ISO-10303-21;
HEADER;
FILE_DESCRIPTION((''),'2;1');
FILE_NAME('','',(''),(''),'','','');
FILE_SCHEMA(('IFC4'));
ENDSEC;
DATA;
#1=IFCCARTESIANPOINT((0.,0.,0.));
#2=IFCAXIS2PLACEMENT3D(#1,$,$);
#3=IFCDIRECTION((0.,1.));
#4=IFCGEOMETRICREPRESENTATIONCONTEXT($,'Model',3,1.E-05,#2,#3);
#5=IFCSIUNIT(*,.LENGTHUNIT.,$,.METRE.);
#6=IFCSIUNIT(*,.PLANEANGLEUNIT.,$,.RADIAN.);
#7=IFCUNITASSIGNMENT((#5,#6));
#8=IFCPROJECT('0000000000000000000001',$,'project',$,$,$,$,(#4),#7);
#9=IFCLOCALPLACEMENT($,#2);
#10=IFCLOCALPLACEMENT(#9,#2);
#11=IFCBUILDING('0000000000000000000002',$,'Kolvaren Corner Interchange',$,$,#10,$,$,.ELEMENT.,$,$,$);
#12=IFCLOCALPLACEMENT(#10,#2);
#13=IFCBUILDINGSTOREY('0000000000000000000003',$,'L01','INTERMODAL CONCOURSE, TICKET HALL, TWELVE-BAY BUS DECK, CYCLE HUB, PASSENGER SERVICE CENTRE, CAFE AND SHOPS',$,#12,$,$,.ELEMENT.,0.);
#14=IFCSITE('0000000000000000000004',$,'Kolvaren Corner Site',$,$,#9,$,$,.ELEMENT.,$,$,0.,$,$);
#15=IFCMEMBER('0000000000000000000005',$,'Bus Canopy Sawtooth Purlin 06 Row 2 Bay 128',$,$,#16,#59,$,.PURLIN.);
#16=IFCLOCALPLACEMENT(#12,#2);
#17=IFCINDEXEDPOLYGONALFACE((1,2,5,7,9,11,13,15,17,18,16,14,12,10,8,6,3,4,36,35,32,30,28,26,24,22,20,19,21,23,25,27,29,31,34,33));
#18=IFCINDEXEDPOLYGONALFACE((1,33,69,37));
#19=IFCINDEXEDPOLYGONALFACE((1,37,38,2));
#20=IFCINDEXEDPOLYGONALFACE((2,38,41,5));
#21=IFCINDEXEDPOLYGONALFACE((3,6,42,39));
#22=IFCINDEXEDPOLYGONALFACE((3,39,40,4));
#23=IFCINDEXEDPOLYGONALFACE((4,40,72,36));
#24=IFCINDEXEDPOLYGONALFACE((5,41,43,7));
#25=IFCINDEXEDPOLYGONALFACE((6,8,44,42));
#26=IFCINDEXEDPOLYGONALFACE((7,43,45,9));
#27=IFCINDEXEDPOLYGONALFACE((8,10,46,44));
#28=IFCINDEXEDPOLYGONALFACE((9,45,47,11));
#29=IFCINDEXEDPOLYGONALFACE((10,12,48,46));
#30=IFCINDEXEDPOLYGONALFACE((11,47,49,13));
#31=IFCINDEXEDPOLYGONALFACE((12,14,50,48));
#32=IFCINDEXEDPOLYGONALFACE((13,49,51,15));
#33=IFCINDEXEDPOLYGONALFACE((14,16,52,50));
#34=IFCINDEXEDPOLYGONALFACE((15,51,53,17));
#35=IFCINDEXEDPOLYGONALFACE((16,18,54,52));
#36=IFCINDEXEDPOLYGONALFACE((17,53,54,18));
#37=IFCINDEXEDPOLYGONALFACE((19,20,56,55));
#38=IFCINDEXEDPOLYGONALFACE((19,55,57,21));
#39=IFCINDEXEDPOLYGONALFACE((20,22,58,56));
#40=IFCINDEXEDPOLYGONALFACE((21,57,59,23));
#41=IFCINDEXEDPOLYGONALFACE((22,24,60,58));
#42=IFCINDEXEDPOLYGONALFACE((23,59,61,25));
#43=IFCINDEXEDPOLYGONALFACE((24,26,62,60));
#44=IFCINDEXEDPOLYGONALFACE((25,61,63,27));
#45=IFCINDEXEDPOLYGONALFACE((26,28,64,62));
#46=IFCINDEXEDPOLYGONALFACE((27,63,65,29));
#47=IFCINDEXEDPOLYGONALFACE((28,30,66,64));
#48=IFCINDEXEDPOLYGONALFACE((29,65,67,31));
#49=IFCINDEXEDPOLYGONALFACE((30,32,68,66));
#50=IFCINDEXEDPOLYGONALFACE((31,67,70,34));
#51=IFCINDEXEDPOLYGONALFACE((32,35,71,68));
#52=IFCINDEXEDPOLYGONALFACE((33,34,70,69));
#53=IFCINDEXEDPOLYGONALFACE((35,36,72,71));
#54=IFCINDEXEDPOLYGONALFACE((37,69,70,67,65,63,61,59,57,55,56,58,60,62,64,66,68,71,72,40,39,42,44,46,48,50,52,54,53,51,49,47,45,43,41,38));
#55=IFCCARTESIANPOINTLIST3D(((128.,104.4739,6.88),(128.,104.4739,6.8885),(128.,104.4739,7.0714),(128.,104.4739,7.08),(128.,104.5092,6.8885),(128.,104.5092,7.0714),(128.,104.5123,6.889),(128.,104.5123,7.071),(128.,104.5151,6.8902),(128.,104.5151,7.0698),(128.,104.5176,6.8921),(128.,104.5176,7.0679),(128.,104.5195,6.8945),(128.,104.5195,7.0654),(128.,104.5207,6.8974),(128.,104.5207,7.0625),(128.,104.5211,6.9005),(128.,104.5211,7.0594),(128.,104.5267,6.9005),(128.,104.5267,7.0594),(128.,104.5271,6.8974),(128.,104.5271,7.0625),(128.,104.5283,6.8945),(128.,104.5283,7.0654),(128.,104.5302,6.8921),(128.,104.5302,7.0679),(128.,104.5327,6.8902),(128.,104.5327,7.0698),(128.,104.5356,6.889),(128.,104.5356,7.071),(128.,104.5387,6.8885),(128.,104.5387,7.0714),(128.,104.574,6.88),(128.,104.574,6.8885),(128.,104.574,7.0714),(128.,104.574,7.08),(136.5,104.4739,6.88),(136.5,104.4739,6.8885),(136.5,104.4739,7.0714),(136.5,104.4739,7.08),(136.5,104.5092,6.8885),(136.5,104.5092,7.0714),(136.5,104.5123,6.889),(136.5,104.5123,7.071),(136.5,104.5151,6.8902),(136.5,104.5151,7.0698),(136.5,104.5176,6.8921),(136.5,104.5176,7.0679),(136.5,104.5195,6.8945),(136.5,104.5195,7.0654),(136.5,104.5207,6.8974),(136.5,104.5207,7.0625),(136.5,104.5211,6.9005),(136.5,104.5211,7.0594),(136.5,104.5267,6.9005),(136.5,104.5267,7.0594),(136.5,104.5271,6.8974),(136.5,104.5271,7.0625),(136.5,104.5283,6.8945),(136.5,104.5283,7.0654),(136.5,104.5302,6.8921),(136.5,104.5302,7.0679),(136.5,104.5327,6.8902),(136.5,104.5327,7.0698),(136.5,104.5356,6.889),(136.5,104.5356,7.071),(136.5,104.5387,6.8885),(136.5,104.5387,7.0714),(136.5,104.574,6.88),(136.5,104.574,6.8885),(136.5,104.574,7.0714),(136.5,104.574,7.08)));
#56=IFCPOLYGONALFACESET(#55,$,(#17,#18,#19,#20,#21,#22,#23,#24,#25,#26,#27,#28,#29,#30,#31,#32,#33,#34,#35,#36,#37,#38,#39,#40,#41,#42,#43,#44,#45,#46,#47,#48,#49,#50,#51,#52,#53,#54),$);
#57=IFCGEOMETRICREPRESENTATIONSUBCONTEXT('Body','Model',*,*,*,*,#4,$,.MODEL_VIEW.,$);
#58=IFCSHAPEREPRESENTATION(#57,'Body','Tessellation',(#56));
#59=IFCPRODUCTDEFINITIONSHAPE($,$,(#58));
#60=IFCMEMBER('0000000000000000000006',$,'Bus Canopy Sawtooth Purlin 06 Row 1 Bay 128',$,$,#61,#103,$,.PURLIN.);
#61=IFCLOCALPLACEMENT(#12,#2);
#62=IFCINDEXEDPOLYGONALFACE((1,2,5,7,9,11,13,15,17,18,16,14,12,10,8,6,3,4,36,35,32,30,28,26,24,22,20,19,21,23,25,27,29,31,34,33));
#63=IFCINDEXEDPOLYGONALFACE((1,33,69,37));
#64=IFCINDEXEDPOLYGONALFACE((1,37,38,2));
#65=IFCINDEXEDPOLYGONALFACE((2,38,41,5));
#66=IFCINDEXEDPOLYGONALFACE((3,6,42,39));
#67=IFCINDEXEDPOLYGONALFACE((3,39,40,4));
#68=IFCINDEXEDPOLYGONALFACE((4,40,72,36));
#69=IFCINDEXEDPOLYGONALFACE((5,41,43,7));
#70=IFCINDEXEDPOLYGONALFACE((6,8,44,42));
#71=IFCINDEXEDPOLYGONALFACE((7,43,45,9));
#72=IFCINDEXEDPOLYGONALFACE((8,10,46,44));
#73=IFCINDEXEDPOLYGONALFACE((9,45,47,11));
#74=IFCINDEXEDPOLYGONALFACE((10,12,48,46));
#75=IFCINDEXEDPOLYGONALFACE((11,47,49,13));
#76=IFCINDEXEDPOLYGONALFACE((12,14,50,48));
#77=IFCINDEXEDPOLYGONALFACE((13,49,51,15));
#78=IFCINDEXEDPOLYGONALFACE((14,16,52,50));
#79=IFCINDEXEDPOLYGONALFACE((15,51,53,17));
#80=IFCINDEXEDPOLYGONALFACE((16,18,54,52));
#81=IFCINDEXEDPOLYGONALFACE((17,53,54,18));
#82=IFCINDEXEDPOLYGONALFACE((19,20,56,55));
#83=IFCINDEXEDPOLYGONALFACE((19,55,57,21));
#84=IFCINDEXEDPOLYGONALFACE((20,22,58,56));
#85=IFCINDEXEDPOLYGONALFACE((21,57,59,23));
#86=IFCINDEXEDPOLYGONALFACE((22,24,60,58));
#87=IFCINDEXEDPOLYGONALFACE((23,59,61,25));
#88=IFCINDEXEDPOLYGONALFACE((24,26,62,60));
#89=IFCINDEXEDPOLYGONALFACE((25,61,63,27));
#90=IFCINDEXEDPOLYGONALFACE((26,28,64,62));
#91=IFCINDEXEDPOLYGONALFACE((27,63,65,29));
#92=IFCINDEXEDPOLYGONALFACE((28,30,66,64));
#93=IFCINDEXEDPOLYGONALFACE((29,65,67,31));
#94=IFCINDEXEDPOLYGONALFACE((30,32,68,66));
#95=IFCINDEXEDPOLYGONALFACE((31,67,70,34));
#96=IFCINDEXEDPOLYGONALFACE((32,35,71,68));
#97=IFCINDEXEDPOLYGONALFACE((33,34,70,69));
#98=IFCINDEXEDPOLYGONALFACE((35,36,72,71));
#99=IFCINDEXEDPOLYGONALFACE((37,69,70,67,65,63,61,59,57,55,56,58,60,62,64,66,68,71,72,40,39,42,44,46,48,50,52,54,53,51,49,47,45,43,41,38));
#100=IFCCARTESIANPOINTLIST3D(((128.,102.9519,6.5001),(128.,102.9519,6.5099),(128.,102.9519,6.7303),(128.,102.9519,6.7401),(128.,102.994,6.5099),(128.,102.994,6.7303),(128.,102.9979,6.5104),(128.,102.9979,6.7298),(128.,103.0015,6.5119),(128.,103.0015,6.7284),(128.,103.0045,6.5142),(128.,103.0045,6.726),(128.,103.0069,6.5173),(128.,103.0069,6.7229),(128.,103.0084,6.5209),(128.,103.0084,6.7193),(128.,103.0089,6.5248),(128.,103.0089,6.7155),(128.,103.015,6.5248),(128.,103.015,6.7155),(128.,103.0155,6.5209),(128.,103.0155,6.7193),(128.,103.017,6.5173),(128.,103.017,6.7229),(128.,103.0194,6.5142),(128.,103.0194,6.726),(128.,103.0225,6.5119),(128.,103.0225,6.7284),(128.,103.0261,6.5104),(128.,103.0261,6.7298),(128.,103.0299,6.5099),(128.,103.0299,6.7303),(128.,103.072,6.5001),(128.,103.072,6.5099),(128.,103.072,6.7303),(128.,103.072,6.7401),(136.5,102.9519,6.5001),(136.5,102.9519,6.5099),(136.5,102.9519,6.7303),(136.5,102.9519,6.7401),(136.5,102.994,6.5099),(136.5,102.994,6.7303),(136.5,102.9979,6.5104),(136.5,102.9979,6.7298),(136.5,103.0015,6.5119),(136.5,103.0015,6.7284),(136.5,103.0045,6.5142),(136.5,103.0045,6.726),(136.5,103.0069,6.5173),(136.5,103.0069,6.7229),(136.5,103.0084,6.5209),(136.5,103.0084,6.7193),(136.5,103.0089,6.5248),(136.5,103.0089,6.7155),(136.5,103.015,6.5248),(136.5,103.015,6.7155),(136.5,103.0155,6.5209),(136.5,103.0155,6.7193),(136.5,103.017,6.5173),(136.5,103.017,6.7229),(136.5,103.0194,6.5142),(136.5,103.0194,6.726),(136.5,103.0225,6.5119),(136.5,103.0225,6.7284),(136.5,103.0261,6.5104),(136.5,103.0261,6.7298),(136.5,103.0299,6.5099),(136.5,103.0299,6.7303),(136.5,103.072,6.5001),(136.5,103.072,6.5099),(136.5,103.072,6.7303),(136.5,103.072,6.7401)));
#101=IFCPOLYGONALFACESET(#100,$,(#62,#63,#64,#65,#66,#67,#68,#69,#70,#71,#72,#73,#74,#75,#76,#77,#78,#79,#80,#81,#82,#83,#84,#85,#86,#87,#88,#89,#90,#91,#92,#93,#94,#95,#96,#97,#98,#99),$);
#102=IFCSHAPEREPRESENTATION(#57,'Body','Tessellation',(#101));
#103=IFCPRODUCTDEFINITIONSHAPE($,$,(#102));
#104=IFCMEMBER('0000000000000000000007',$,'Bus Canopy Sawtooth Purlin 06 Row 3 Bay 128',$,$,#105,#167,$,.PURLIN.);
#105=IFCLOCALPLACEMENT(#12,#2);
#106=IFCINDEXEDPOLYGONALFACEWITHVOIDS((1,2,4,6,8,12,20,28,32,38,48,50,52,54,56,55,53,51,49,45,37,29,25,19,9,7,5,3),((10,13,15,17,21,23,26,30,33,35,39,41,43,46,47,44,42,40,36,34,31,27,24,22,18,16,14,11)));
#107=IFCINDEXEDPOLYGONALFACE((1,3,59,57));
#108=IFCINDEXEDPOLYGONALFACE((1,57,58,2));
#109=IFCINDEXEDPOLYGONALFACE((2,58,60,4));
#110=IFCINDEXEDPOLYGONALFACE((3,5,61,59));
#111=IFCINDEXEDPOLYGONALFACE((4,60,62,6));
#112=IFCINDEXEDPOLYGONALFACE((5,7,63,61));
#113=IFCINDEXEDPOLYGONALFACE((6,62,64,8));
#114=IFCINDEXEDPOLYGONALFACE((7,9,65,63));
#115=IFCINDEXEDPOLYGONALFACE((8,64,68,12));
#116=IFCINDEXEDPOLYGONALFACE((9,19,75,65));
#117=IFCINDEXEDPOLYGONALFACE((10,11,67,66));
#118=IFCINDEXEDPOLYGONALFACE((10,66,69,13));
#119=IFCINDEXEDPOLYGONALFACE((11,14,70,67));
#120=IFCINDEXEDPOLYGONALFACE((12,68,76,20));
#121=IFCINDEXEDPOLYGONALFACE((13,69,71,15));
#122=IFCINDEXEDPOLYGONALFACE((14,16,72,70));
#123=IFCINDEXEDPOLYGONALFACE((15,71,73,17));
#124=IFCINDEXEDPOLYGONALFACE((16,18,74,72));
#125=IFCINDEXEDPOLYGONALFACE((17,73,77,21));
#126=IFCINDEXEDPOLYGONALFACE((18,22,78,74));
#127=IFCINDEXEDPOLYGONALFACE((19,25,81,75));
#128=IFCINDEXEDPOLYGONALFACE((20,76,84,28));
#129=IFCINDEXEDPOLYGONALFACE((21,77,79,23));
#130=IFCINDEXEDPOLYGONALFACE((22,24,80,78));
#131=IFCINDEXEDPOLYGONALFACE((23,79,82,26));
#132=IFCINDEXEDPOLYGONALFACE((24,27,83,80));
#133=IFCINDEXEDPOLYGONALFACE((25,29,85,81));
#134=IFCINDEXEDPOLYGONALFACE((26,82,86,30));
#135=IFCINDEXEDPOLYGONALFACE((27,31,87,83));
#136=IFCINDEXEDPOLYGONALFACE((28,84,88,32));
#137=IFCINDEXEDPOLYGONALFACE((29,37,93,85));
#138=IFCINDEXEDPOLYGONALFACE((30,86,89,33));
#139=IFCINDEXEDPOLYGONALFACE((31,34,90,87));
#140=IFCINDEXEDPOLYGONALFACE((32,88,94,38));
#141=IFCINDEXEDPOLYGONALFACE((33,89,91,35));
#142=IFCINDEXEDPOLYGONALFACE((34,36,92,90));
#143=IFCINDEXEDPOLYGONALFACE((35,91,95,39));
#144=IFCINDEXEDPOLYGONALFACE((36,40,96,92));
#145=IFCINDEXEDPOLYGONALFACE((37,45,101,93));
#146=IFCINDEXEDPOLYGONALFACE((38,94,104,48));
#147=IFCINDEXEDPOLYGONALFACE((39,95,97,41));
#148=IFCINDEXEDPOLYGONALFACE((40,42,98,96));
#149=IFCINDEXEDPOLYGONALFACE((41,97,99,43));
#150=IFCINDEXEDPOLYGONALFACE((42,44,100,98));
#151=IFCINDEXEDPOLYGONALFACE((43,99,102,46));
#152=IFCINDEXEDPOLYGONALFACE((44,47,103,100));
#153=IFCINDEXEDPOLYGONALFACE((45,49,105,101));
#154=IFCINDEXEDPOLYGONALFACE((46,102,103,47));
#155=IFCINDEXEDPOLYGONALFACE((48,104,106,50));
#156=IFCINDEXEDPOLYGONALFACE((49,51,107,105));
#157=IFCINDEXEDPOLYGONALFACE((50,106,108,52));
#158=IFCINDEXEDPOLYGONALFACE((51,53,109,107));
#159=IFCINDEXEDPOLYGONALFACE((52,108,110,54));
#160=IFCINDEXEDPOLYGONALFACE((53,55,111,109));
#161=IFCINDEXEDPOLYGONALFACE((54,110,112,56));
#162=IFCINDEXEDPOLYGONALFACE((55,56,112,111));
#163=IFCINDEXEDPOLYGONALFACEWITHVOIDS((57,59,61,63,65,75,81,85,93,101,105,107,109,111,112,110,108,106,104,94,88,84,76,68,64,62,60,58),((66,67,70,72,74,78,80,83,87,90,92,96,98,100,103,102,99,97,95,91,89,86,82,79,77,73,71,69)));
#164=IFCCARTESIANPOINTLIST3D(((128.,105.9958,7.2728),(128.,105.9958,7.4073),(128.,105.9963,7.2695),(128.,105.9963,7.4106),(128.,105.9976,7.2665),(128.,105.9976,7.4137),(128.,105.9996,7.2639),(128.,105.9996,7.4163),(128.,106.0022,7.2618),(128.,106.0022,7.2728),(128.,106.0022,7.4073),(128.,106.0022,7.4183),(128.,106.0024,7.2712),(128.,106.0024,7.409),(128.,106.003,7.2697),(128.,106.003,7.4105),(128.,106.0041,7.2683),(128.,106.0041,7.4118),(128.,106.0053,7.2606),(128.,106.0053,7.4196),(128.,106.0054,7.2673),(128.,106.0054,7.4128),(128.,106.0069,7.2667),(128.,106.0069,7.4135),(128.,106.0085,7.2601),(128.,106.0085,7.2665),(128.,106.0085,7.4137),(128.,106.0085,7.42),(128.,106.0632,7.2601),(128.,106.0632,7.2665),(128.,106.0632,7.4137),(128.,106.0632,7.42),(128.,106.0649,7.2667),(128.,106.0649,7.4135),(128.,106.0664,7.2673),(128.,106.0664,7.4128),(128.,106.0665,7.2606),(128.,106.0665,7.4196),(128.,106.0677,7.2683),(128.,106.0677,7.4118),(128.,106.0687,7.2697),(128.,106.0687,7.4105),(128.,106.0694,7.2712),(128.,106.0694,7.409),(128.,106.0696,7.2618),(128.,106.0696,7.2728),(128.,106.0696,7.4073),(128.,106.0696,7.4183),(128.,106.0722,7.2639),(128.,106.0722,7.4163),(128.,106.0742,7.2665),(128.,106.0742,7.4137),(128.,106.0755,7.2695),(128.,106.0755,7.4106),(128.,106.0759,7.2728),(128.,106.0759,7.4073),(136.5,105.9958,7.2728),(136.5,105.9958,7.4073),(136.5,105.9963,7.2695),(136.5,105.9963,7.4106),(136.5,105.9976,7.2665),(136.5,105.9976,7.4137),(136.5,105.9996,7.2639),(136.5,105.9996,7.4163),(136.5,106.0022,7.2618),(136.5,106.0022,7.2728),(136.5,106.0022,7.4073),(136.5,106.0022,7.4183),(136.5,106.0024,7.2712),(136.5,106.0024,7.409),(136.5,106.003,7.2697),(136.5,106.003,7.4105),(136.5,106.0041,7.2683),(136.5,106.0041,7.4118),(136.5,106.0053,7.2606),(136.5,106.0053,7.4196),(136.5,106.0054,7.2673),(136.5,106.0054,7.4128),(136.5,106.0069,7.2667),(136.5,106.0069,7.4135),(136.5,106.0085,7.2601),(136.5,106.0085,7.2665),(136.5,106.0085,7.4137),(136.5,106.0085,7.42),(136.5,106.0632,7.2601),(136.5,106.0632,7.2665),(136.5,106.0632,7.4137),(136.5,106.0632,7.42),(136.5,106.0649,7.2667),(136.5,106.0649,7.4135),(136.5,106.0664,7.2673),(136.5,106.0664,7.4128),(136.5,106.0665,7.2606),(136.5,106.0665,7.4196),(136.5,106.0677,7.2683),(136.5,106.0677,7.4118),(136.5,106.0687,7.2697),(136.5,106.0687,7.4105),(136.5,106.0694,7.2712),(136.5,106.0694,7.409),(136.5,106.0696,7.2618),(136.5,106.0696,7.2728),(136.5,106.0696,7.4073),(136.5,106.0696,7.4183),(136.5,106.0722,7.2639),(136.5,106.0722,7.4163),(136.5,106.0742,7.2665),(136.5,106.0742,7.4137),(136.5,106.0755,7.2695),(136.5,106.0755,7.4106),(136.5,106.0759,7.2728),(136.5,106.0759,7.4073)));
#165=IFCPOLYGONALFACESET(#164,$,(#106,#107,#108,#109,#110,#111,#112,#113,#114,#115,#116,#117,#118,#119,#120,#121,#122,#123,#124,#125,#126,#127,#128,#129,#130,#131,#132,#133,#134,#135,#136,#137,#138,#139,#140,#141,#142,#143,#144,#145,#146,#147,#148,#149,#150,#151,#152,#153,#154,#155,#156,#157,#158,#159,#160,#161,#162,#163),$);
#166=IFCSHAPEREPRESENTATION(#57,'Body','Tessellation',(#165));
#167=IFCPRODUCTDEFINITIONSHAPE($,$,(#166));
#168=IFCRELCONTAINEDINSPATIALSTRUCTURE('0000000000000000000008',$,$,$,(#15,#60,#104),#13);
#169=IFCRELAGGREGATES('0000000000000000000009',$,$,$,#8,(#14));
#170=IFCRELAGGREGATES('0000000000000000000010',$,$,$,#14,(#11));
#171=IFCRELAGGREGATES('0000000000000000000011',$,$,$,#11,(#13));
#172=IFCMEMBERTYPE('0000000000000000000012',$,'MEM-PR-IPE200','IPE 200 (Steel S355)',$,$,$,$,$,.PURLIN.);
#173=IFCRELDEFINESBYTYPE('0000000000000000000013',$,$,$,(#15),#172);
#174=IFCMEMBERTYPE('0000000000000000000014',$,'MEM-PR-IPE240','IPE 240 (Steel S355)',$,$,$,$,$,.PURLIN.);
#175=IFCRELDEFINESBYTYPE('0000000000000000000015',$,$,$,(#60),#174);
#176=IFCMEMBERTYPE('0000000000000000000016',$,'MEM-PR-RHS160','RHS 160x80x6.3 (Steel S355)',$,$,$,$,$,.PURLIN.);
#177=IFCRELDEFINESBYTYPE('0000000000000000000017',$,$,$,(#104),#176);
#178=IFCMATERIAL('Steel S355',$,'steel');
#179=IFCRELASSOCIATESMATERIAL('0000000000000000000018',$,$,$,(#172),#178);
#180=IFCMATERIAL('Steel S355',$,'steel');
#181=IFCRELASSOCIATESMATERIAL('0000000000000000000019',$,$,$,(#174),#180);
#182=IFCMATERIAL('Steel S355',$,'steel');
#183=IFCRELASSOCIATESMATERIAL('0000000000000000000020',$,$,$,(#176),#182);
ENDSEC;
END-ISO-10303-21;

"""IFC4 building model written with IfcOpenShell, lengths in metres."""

from ifc_helpers import new_model, si_unit, direction, frame, origin, origin_2d, place, context, subcontext, project, spatial, hollow_rectangle, i_section, extrude, material, material_profile, profile_set, type_object, element, save


model = new_model("IFC4")

# Units and contexts
model_context = context("Model", 3, precision=1e-05, world=origin(), true_north=direction((0.0, 1.0)))
body_context = subcontext(model_context, "Body", "Model", "MODEL_VIEW")
ifc_project = project(units=[si_unit("LENGTHUNIT", "METRE"), si_unit("PLANEANGLEUNIT", "RADIAN")], contexts=[model_context])

# Site, building, storey
site_placement = place(None, origin())
site = spatial("IfcSite", under=ifc_project, at=site_placement, Name="Kolvaren Corner Site", CompositionType="ELEMENT", RefElevation=0.0)
building_placement = place(site_placement, origin())
building = spatial("IfcBuilding", under=site, at=building_placement, Name="Kolvaren Corner Interchange", CompositionType="ELEMENT")
storey_placement = place(building_placement, origin())
storey = spatial("IfcBuildingStorey", under=building, at=storey_placement, Name="L01", Description="INTERMODAL CONCOURSE, TICKET HALL, TWELVE-BAY BUS DECK, CYCLE HUB, PASSENGER SERVICE CENTRE, CAFE AND SHOPS", CompositionType="ELEMENT", Elevation=0.0)

# Members
ifc_material_1 = material(Name="Steel S355", Category="steel")
ifc_material_profile_1 = material_profile(ifc_material_1, i_section(OverallWidth=0.1001, OverallDepth=0.2, WebThickness=0.0056, FlangeThickness=0.0085, FilletRadius=0.012, at=origin_2d()), Name="IPE 200")
ifc_profile_set_1 = profile_set([ifc_material_profile_1], Name="Steel S355")
member_type_1 = type_object("IfcMemberType", Name="MEM-PR-IPE200", Description="IPE 200 (Steel S355)", PredefinedType="PURLIN", material=ifc_profile_set_1)
member_1_placement = place(storey_placement, frame((128.0, 104.5239, 6.98), z_axis=(1.0, 0.0, 0.0), x_axis=(0.0, 1.0, 0.0)))
element("IfcMember", 1, at=member_1_placement, inside=storey, type_object=member_type_1, Name="Bus Canopy Sawtooth Purlin 06 Row 2 Bay 128", PredefinedType="PURLIN", context=body_context, shape_type="SweptSolid", body=[
    extrude(i_section(OverallWidth=0.1001, OverallDepth=0.2, WebThickness=0.0056, FlangeThickness=0.0085, FilletRadius=0.012, at=origin_2d()), origin(), (0.0, 0.0, 1.0), 8.5),
])
ifc_material_2 = material(Name="Steel S355", Category="steel")
ifc_material_profile_2 = material_profile(ifc_material_2, i_section(OverallWidth=0.1201, OverallDepth=0.24, WebThickness=0.0061, FlangeThickness=0.0098, FilletRadius=0.0149, at=origin_2d()), Name="IPE 240")
ifc_profile_set_2 = profile_set([ifc_material_profile_2], Name="Steel S355")
member_type_2 = type_object("IfcMemberType", Name="MEM-PR-IPE240", Description="IPE 240 (Steel S355)", PredefinedType="PURLIN", material=ifc_profile_set_2)
member_2_placement = place(storey_placement, frame((128.0, 103.012, 6.6201), z_axis=(1.0, 0.0, 0.0), x_axis=(0.0, 1.0, 0.0)))
element("IfcMember", 2, at=member_2_placement, inside=storey, type_object=member_type_2, Name="Bus Canopy Sawtooth Purlin 06 Row 1 Bay 128", PredefinedType="PURLIN", context=body_context, shape_type="SweptSolid", body=[
    extrude(i_section(OverallWidth=0.1201, OverallDepth=0.24, WebThickness=0.0061, FlangeThickness=0.0098, FilletRadius=0.0149, at=origin_2d()), origin(), (0.0, 0.0, 1.0), 8.5),
])
ifc_material_3 = material(Name="Steel S355", Category="steel")
ifc_material_profile_3 = material_profile(ifc_material_3, hollow_rectangle(XDim=0.0801, YDim=0.1599, WallThickness=0.0063, InnerFilletRadius=0.0063, OuterFilletRadius=0.0127, at=origin_2d()), Name="RHS 160x80x6.3")
ifc_profile_set_3 = profile_set([ifc_material_profile_3], Name="Steel S355")
member_type_3 = type_object("IfcMemberType", Name="MEM-PR-RHS160", Description="RHS 160x80x6.3 (Steel S355)", PredefinedType="PURLIN", material=ifc_profile_set_3)
member_3_placement = place(storey_placement, frame((128.0, 106.0359, 7.3401), z_axis=(1.0, 0.0, 0.0), x_axis=(0.0, 1.0, 0.0)))
element("IfcMember", 3, at=member_3_placement, inside=storey, type_object=member_type_3, Name="Bus Canopy Sawtooth Purlin 06 Row 3 Bay 128", PredefinedType="PURLIN", context=body_context, shape_type="SweptSolid", body=[
    extrude(hollow_rectangle(XDim=0.0801, YDim=0.1599, WallThickness=0.0063, InnerFilletRadius=0.0063, OuterFilletRadius=0.0127, at=origin_2d()), origin(), (0.0, 0.0, 1.0), 8.5),
])

save(model, "model.ifc")
